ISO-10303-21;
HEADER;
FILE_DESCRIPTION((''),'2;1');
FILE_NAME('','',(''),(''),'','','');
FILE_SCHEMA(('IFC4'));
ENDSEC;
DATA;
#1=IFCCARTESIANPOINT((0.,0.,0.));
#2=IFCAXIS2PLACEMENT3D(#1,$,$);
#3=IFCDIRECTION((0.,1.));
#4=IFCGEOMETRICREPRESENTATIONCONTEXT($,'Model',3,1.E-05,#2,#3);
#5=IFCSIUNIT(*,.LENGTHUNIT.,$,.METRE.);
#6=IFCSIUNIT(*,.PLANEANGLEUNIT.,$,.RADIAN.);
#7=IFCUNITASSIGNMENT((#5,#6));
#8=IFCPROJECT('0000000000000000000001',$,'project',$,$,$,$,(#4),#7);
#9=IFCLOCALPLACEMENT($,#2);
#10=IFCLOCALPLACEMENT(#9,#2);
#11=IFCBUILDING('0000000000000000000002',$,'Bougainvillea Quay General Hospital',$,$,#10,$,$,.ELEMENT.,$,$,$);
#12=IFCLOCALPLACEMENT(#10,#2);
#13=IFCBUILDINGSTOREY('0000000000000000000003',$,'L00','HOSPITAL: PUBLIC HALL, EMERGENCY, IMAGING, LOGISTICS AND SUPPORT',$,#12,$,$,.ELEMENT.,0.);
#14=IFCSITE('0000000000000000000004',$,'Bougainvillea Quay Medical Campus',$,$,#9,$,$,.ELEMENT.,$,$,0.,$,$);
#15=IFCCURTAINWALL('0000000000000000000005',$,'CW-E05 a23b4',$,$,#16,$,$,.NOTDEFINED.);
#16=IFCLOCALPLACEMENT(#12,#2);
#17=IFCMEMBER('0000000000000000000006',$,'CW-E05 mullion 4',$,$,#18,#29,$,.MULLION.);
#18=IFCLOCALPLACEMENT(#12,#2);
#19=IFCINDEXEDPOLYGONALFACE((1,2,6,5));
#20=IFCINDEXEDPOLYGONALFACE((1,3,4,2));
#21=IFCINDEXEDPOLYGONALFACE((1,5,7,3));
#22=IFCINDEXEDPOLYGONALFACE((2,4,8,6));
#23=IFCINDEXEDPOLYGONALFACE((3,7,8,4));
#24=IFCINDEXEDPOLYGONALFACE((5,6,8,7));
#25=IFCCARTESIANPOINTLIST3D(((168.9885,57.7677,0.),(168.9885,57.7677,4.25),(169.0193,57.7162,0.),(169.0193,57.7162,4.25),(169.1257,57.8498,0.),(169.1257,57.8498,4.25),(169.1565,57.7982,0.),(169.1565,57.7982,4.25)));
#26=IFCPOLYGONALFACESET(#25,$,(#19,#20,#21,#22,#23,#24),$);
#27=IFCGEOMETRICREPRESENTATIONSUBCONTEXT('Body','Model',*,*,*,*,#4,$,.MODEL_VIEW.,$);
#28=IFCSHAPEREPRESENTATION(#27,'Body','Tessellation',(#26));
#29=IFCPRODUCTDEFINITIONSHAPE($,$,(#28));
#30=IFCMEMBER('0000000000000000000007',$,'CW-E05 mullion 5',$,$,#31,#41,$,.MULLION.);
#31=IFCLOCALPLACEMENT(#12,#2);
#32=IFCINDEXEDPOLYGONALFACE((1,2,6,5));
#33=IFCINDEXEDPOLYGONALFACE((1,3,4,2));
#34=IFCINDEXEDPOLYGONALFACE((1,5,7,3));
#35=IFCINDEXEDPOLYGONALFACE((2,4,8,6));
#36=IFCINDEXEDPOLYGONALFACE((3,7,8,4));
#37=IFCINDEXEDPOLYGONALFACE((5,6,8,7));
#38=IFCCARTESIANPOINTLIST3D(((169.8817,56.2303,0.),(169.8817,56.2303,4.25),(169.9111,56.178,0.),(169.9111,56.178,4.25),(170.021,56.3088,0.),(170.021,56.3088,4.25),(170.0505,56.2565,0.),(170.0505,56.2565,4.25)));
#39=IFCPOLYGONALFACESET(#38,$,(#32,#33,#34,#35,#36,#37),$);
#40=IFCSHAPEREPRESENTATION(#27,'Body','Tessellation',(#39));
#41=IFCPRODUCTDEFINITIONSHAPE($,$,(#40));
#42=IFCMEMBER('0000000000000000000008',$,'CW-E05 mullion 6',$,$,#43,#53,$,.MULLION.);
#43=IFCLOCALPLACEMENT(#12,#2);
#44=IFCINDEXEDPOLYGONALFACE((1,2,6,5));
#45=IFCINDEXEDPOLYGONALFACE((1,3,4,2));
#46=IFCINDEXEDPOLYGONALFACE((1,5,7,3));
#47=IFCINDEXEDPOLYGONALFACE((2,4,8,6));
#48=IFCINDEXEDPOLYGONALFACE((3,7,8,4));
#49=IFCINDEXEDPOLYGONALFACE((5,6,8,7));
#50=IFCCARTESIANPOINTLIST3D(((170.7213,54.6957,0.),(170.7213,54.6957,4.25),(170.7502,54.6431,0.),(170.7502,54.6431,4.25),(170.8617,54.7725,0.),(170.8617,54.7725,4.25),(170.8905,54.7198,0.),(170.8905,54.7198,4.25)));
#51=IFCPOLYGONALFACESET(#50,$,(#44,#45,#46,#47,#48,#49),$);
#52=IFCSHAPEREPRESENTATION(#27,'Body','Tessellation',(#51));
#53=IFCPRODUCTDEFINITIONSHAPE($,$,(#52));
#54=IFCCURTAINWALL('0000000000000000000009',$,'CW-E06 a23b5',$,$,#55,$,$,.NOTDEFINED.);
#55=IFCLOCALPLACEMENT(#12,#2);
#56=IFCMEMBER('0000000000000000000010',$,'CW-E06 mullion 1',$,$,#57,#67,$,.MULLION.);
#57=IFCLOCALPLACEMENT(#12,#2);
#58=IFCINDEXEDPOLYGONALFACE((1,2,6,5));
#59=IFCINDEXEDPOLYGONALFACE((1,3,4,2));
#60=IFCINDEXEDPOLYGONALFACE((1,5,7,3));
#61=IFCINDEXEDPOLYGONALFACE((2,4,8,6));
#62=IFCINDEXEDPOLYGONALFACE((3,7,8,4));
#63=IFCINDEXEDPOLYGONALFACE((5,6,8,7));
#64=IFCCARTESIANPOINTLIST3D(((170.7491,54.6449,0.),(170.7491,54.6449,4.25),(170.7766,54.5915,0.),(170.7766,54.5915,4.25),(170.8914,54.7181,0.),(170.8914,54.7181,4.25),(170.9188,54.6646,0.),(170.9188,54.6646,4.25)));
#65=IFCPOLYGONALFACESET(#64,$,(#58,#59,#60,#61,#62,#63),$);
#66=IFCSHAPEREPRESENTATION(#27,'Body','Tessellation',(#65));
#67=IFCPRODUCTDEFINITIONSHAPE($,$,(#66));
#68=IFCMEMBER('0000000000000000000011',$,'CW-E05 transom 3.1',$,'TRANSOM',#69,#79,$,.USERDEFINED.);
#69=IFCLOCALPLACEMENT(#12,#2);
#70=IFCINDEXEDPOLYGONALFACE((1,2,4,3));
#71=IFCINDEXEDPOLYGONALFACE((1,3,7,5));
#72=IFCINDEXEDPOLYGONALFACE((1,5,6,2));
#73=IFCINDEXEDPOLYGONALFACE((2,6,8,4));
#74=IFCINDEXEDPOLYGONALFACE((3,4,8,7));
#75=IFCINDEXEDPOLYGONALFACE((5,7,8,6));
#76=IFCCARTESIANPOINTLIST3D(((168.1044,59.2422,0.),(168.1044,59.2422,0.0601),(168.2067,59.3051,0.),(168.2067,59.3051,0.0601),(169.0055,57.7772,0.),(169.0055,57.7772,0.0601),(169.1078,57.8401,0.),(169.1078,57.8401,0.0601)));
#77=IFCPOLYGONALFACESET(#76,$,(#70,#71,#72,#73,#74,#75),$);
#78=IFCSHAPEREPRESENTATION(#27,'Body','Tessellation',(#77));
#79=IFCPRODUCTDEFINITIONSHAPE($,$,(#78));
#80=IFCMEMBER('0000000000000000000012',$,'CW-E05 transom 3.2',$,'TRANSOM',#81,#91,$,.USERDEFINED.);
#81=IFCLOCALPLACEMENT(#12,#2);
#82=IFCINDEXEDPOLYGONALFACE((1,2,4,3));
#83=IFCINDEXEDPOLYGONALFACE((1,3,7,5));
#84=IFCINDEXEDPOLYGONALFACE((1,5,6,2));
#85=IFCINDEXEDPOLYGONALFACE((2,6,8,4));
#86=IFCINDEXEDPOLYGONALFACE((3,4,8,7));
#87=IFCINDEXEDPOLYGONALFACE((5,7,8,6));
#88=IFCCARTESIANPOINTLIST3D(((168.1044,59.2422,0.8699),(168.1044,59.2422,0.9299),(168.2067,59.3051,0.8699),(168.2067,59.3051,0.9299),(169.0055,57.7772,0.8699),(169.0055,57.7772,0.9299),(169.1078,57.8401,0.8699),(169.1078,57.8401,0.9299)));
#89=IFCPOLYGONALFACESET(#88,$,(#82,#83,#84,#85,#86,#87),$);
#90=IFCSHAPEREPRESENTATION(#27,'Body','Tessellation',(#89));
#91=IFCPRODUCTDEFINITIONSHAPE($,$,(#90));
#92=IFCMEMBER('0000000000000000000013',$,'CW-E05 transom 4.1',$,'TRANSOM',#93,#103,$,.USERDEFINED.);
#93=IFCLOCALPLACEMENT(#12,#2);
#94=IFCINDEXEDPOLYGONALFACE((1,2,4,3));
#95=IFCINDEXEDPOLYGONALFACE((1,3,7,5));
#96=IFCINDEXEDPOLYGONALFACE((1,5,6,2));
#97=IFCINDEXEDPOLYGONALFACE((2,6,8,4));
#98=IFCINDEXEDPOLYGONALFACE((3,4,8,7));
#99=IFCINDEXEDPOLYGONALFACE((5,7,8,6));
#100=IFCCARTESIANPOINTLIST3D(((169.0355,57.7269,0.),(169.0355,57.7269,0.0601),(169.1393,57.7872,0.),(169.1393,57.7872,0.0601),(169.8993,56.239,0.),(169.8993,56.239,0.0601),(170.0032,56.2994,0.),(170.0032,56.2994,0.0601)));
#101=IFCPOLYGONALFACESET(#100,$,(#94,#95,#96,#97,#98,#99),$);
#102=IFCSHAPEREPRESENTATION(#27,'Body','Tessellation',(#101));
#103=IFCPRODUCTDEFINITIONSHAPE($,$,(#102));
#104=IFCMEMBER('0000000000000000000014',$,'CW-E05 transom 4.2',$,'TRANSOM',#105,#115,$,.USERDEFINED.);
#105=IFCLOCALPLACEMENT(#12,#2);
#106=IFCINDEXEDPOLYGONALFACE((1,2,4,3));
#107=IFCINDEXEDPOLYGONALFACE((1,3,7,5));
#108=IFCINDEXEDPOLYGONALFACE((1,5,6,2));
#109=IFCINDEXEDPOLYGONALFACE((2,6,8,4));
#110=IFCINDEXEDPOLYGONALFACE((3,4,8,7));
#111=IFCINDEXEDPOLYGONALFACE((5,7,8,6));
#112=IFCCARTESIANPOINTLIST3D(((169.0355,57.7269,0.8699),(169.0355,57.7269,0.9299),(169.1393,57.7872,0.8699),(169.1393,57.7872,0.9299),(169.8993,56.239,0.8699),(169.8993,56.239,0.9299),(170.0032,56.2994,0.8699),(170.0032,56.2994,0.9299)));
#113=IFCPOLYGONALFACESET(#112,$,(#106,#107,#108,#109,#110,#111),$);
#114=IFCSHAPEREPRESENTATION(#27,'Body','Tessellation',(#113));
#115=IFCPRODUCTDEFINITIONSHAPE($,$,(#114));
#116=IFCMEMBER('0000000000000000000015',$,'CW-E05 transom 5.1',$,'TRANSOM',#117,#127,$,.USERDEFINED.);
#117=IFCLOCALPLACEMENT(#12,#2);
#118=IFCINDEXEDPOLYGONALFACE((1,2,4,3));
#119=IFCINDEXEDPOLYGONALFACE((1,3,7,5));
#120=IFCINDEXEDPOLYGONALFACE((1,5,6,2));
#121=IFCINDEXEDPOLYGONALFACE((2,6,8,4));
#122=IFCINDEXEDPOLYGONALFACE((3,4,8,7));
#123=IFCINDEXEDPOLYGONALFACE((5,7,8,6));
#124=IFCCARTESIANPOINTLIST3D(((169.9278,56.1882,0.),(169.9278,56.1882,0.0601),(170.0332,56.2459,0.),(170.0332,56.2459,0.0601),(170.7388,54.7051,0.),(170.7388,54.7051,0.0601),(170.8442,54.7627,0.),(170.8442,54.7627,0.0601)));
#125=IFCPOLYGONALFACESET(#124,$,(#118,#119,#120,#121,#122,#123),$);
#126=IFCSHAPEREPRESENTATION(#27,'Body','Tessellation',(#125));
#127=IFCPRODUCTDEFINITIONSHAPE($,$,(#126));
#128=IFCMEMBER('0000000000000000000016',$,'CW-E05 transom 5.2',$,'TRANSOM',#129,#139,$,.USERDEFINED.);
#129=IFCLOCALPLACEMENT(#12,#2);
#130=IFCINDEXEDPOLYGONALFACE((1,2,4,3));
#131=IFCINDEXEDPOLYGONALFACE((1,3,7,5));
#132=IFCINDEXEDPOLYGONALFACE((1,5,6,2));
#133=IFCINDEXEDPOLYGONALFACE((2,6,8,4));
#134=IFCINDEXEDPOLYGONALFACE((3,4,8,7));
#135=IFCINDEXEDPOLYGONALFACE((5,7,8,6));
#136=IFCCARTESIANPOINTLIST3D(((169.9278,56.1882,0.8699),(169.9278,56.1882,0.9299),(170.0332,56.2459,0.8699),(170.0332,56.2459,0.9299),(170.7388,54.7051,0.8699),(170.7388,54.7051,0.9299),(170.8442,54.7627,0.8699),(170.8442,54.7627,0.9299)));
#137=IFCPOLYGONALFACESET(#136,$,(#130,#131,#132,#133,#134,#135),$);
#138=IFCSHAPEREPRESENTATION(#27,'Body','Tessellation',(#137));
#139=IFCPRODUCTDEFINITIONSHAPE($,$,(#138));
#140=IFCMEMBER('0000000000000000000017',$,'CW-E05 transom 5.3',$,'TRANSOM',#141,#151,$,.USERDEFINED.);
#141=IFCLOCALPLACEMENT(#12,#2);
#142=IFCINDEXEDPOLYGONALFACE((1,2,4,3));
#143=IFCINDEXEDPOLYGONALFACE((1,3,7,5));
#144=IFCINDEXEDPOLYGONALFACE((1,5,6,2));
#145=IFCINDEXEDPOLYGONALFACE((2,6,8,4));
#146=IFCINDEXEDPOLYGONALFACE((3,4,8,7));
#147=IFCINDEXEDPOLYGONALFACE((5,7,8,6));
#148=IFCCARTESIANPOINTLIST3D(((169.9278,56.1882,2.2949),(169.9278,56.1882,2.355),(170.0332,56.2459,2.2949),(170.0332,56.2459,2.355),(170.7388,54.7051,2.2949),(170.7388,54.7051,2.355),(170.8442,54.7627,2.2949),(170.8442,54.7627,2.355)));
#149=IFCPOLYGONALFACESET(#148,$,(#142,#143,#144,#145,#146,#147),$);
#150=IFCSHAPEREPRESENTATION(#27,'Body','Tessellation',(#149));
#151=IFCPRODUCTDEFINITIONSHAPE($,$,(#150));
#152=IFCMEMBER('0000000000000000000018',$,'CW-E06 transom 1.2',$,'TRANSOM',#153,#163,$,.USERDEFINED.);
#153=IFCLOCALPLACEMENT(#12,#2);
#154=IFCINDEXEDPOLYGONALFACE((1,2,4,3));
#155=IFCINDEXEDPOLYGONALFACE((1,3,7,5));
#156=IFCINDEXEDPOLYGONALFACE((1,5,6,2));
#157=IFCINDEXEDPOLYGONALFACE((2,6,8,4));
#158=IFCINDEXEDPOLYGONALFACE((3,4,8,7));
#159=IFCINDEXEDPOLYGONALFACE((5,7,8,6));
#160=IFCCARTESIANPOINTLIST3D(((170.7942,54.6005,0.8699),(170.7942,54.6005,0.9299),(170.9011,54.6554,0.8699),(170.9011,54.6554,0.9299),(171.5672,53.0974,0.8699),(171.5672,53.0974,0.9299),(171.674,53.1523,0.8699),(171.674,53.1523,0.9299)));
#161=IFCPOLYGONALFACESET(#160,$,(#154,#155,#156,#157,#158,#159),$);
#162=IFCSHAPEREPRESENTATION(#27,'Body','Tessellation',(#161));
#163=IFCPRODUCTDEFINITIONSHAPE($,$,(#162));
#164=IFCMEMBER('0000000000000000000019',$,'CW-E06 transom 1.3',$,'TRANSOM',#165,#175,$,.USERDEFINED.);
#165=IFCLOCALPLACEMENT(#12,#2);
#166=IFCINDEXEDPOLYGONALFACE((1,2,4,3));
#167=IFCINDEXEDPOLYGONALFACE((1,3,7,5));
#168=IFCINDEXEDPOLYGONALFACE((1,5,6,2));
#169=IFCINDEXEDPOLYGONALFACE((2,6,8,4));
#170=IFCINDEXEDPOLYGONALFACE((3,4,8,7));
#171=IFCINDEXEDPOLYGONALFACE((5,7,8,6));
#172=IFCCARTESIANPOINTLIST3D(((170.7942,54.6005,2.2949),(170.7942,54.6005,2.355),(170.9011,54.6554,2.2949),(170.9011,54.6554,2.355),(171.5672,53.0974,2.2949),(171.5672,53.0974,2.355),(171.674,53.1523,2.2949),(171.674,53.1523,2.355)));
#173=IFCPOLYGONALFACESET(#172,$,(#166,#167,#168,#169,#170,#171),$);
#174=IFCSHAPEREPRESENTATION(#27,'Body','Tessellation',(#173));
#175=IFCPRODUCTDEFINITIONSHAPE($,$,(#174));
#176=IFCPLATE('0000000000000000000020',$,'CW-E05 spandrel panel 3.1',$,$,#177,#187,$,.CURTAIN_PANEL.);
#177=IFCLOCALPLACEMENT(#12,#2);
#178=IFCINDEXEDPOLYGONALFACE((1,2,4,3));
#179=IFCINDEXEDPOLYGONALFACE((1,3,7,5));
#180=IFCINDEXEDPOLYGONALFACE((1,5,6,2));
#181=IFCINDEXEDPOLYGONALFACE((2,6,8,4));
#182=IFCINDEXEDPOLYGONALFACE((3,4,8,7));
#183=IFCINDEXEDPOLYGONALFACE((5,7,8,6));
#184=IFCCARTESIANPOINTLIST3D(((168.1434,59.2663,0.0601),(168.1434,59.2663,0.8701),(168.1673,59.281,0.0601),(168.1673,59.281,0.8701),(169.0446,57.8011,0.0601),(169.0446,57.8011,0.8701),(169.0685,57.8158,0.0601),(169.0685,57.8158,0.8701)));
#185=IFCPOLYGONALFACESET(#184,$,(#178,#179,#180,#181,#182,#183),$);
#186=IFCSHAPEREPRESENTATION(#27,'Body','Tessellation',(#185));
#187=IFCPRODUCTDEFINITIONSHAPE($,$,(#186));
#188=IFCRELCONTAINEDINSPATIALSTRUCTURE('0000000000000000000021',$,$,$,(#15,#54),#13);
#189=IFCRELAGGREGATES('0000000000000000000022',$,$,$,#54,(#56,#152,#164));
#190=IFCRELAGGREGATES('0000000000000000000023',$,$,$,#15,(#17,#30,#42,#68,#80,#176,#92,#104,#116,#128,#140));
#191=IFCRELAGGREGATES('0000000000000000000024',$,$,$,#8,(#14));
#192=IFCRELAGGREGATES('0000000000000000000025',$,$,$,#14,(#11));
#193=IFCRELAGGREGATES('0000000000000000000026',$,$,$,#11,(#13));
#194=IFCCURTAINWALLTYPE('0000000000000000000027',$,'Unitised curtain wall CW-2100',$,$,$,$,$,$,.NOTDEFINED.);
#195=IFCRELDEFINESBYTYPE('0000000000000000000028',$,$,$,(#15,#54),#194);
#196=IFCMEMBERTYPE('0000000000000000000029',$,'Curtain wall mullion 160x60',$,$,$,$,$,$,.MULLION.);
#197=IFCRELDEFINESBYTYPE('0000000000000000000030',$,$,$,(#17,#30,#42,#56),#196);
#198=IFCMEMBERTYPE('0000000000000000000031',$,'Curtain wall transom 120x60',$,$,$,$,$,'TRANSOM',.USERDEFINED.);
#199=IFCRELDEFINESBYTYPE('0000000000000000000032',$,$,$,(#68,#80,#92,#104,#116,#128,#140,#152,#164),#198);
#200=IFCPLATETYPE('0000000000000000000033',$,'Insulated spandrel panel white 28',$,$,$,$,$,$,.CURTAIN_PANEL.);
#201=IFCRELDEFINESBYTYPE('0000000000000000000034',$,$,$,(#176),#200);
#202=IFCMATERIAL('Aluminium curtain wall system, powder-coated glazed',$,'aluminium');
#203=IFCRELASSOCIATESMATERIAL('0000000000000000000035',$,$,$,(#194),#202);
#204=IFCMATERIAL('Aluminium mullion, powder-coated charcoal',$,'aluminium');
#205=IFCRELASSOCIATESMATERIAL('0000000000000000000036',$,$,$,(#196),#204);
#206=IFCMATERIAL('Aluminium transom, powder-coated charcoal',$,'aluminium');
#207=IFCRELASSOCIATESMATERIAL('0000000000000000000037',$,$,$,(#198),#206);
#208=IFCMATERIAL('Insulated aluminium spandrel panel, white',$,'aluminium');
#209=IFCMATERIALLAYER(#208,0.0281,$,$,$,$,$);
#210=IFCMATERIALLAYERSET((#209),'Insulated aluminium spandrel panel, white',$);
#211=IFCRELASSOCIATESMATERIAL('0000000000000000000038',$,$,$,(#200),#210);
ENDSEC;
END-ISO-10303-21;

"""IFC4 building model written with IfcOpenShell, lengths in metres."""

from ifc_helpers import new_model, si_unit, direction, frame, origin, origin_2d, place, context, subcontext, project, spatial, rectangle, extrude, material, layer, layer_set, material_profile, profile_set, type_object, element, aggregate, save


model = new_model("IFC4")

# Units and contexts
model_context = context("Model", 3, precision=1e-05, world=origin(), true_north=direction((0.0, 1.0)))
body_context = subcontext(model_context, "Body", "Model", "MODEL_VIEW")
ifc_project = project(units=[si_unit("LENGTHUNIT", "METRE"), si_unit("PLANEANGLEUNIT", "RADIAN")], contexts=[model_context])

# Site, building, storey
site_placement = place(None, origin())
site = spatial("IfcSite", under=ifc_project, at=site_placement, Name="Bougainvillea Quay Medical Campus", CompositionType="ELEMENT", RefElevation=0.0)
building_placement = place(site_placement, origin())
building = spatial("IfcBuilding", under=site, at=building_placement, Name="Bougainvillea Quay General Hospital", CompositionType="ELEMENT")
storey_placement = place(building_placement, origin())
storey = spatial("IfcBuildingStorey", under=building, at=storey_placement, Name="L00", Description="HOSPITAL: PUBLIC HALL, EMERGENCY, IMAGING, LOGISTICS AND SUPPORT", CompositionType="ELEMENT", Elevation=0.0)

# Curtain wall, members
ifc_material_1 = material(Name="Aluminium curtain wall system, powder-coated glazed", Category="aluminium")
curtain_wall_type = type_object("IfcCurtainWallType", Name="Unitised curtain wall CW-2100", PredefinedType="NOTDEFINED", material=ifc_material_1)
curtain_wall_1_placement = place(storey_placement, origin())
curtain_wall_1 = element("IfcCurtainWall", 1, at=curtain_wall_1_placement, inside=storey, type_object=curtain_wall_type, Name="CW-E05 a23b4", PredefinedType="NOTDEFINED")
ifc_material_2 = material(Name="Aluminium mullion, powder-coated charcoal", Category="aluminium")
ifc_material_profile_1 = material_profile(ifc_material_2, rectangle(XDim=0.1599, YDim=0.0601, at=origin_2d()))
ifc_profile_set_1 = profile_set([ifc_material_profile_1], Name="Aluminium mullion, powder-coated charcoal")
member_type_1 = type_object("IfcMemberType", Name="Curtain wall mullion 160x60", PredefinedType="MULLION", material=ifc_profile_set_1)
member_1_placement = place(storey_placement, frame((169.0725, 57.783, 0.0), z_axis=(0.0, 0.0, 1.0), x_axis=(0.85838, 0.513014, 0.0)))
member_1 = element("IfcMember", 2, at=member_1_placement, type_object=member_type_1, Name="CW-E05 mullion 4", PredefinedType="MULLION", context=body_context, shape_type="SweptSolid", body=[
    extrude(rectangle(XDim=0.1599, YDim=0.0601, at=origin_2d()), origin(), (0.0, 0.0, 1.0), 4.25),
])
member_2_placement = place(storey_placement, frame((169.9661, 56.2434, 0.0), z_axis=(0.0, 0.0, 1.0), x_axis=(0.871193, 0.49094, 0.0)))
member_2 = element("IfcMember", 3, at=member_2_placement, type_object=member_type_1, Name="CW-E05 mullion 5", PredefinedType="MULLION", context=body_context, shape_type="SweptSolid", body=[
    extrude(rectangle(XDim=0.1599, YDim=0.0601, at=origin_2d()), origin(), (0.0, 0.0, 1.0), 4.25),
])
member_3_placement = place(storey_placement, frame((170.8059, 54.7078, 0.0), z_axis=(0.0, 0.0, 1.0), x_axis=(0.877387, 0.479783, 0.0)))
member_3 = element("IfcMember", 4, at=member_3_placement, type_object=member_type_1, Name="CW-E05 mullion 6", PredefinedType="MULLION", context=body_context, shape_type="SweptSolid", body=[
    extrude(rectangle(XDim=0.1599, YDim=0.0601, at=origin_2d()), origin(), (0.0, 0.0, 1.0), 4.25),
])

# Curtain wall, member
curtain_wall_2_placement = place(storey_placement, origin())
curtain_wall_2 = element("IfcCurtainWall", 5, at=curtain_wall_2_placement, inside=storey, type_object=curtain_wall_type, Name="CW-E06 a23b5", PredefinedType="NOTDEFINED")
member_4_placement = place(storey_placement, frame((170.834, 54.6548, 0.0), z_axis=(0.0, 0.0, 1.0), x_axis=(0.889346, 0.457235, 0.0)))
member_4 = element("IfcMember", 6, at=member_4_placement, type_object=member_type_1, Name="CW-E06 mullion 1", PredefinedType="MULLION", context=body_context, shape_type="SweptSolid", body=[
    extrude(rectangle(XDim=0.1599, YDim=0.0601, at=origin_2d()), origin(), (0.0, 0.0, 1.0), 4.25),
])

# Members
ifc_material_3 = material(Name="Aluminium transom, powder-coated charcoal", Category="aluminium")
ifc_material_profile_2 = material_profile(ifc_material_3, rectangle(XDim=0.1201, YDim=0.0601, at=origin_2d()))
ifc_profile_set_2 = profile_set([ifc_material_profile_2], Name="Aluminium transom, powder-coated charcoal")
member_type_2 = type_object("IfcMemberType", Name="Curtain wall transom 120x60", ElementType="TRANSOM", PredefinedType="USERDEFINED", material=ifc_profile_set_2)
member_5_placement = place(storey_placement, frame((168.1555, 59.2737, 0.03), z_axis=(0.523899, -0.85178, 0.0), x_axis=(0.85178, 0.523899, 0.0)))
member_5 = element("IfcMember", 7, at=member_5_placement, type_object=member_type_2, Name="CW-E05 transom 3.1", ObjectType="TRANSOM", PredefinedType="USERDEFINED", context=body_context, shape_type="SweptSolid", body=[
    extrude(rectangle(XDim=0.1201, YDim=0.0601, at=origin_2d()), origin(), (0.0, 0.0, 1.0), 1.72),
])
member_6_placement = place(storey_placement, frame((168.1555, 59.2737, 0.8999), z_axis=(0.523899, -0.85178, 0.0), x_axis=(0.85178, 0.523899, 0.0)))
member_6 = element("IfcMember", 8, at=member_6_placement, type_object=member_type_2, Name="CW-E05 transom 3.2", ObjectType="TRANSOM", PredefinedType="USERDEFINED", context=body_context, shape_type="SweptSolid", body=[
    extrude(rectangle(XDim=0.1201, YDim=0.0601, at=origin_2d()), origin(), (0.0, 0.0, 1.0), 1.72),
])
member_7_placement = place(storey_placement, frame((169.0874, 57.7571, 0.03), z_axis=(0.502088, -0.864817, 0.0), x_axis=(0.864817, 0.502088, 0.0)))
member_7 = element("IfcMember", 9, at=member_7_placement, type_object=member_type_2, Name="CW-E05 transom 4.1", ObjectType="TRANSOM", PredefinedType="USERDEFINED", context=body_context, shape_type="SweptSolid", body=[
    extrude(rectangle(XDim=0.1201, YDim=0.0601, at=origin_2d()), origin(), (0.0, 0.0, 1.0), 1.7205),
])
member_8_placement = place(storey_placement, frame((169.0874, 57.7571, 0.8999), z_axis=(0.502088, -0.864817, 0.0), x_axis=(0.864817, 0.502088, 0.0)))
member_8 = element("IfcMember", 10, at=member_8_placement, type_object=member_type_2, Name="CW-E05 transom 4.2", ObjectType="TRANSOM", PredefinedType="USERDEFINED", context=body_context, shape_type="SweptSolid", body=[
    extrude(rectangle(XDim=0.1201, YDim=0.0601, at=origin_2d()), origin(), (0.0, 0.0, 1.0), 1.7205),
])
member_9_placement = place(storey_placement, frame((169.9805, 56.217, 0.03), z_axis=(0.479783, -0.877387, 0.0), x_axis=(0.877387, 0.479783, 0.0)))
member_9 = element("IfcMember", 11, at=member_9_placement, type_object=member_type_2, Name="CW-E05 transom 5.1", ObjectType="TRANSOM", PredefinedType="USERDEFINED", context=body_context, shape_type="SweptSolid", body=[
    extrude(rectangle(XDim=0.1201, YDim=0.0601, at=origin_2d()), origin(), (0.0, 0.0, 1.0), 1.6904),
])
member_10_placement = place(storey_placement, frame((169.9805, 56.217, 0.8999), z_axis=(0.479783, -0.877387, 0.0), x_axis=(0.877387, 0.479783, 0.0)))
member_10 = element("IfcMember", 12, at=member_10_placement, type_object=member_type_2, Name="CW-E05 transom 5.2", ObjectType="TRANSOM", PredefinedType="USERDEFINED", context=body_context, shape_type="SweptSolid", body=[
    extrude(rectangle(XDim=0.1201, YDim=0.0601, at=origin_2d()), origin(), (0.0, 0.0, 1.0), 1.6904),
])
member_11_placement = place(storey_placement, frame((169.9805, 56.217, 2.325), z_axis=(0.479783, -0.877387, 0.0), x_axis=(0.877387, 0.479783, 0.0)))
member_11 = element("IfcMember", 13, at=member_11_placement, type_object=member_type_2, Name="CW-E05 transom 5.3", ObjectType="TRANSOM", PredefinedType="USERDEFINED", context=body_context, shape_type="SweptSolid", body=[
    extrude(rectangle(XDim=0.1201, YDim=0.0601, at=origin_2d()), origin(), (0.0, 0.0, 1.0), 1.6904),
])
member_12_placement = place(storey_placement, frame((170.8477, 54.6279, 0.8999), z_axis=(0.457296, -0.889315, 0.0), x_axis=(0.889315, 0.457296, 0.0)))
member_12 = element("IfcMember", 14, at=member_12_placement, type_object=member_type_2, Name="CW-E06 transom 1.2", ObjectType="TRANSOM", PredefinedType="USERDEFINED", context=body_context, shape_type="SweptSolid", body=[
    extrude(rectangle(XDim=0.1201, YDim=0.0601, at=origin_2d()), origin(), (0.0, 0.0, 1.0), 1.6902),
])
member_13_placement = place(storey_placement, frame((170.8477, 54.6279, 2.325), z_axis=(0.457296, -0.889315, 0.0), x_axis=(0.889315, 0.457296, 0.0)))
member_13 = element("IfcMember", 15, at=member_13_placement, type_object=member_type_2, Name="CW-E06 transom 1.3", ObjectType="TRANSOM", PredefinedType="USERDEFINED", context=body_context, shape_type="SweptSolid", body=[
    extrude(rectangle(XDim=0.1201, YDim=0.0601, at=origin_2d()), origin(), (0.0, 0.0, 1.0), 1.6902),
])
aggregate(curtain_wall_2, [member_4, member_12, member_13])

# Plate
ifc_material_4 = material(Name="Insulated aluminium spandrel panel, white", Category="aluminium")
ifc_layer_1 = layer(ifc_material_4, 0.0281)
ifc_layer_set_1 = layer_set([ifc_layer_1], Name="Insulated aluminium spandrel panel, white")
plate_type_1 = type_object("IfcPlateType", Name="Insulated spandrel panel white 28", PredefinedType="CURTAIN_PANEL", material=ifc_layer_set_1)
plate_1_placement = place(storey_placement, frame((168.606, 58.541, 0.0601), z_axis=(0.0, 0.0, 1.0), x_axis=(0.523926, -0.851764, 0.0)))
plate_1 = element("IfcPlate", 16, at=plate_1_placement, type_object=plate_type_1, Name="CW-E05 spandrel panel 3.1", PredefinedType="CURTAIN_PANEL", context=body_context, shape_type="SweptSolid", body=[
    extrude(rectangle(XDim=1.7202, YDim=0.0281, at=origin_2d()), origin(), (0.0, 0.0, 1.0), 0.8101),
])
aggregate(curtain_wall_1, [member_1, member_2, member_3, member_5, member_6, plate_1, member_7, member_8, member_9, member_10, member_11])

save(model, "model.ifc")
